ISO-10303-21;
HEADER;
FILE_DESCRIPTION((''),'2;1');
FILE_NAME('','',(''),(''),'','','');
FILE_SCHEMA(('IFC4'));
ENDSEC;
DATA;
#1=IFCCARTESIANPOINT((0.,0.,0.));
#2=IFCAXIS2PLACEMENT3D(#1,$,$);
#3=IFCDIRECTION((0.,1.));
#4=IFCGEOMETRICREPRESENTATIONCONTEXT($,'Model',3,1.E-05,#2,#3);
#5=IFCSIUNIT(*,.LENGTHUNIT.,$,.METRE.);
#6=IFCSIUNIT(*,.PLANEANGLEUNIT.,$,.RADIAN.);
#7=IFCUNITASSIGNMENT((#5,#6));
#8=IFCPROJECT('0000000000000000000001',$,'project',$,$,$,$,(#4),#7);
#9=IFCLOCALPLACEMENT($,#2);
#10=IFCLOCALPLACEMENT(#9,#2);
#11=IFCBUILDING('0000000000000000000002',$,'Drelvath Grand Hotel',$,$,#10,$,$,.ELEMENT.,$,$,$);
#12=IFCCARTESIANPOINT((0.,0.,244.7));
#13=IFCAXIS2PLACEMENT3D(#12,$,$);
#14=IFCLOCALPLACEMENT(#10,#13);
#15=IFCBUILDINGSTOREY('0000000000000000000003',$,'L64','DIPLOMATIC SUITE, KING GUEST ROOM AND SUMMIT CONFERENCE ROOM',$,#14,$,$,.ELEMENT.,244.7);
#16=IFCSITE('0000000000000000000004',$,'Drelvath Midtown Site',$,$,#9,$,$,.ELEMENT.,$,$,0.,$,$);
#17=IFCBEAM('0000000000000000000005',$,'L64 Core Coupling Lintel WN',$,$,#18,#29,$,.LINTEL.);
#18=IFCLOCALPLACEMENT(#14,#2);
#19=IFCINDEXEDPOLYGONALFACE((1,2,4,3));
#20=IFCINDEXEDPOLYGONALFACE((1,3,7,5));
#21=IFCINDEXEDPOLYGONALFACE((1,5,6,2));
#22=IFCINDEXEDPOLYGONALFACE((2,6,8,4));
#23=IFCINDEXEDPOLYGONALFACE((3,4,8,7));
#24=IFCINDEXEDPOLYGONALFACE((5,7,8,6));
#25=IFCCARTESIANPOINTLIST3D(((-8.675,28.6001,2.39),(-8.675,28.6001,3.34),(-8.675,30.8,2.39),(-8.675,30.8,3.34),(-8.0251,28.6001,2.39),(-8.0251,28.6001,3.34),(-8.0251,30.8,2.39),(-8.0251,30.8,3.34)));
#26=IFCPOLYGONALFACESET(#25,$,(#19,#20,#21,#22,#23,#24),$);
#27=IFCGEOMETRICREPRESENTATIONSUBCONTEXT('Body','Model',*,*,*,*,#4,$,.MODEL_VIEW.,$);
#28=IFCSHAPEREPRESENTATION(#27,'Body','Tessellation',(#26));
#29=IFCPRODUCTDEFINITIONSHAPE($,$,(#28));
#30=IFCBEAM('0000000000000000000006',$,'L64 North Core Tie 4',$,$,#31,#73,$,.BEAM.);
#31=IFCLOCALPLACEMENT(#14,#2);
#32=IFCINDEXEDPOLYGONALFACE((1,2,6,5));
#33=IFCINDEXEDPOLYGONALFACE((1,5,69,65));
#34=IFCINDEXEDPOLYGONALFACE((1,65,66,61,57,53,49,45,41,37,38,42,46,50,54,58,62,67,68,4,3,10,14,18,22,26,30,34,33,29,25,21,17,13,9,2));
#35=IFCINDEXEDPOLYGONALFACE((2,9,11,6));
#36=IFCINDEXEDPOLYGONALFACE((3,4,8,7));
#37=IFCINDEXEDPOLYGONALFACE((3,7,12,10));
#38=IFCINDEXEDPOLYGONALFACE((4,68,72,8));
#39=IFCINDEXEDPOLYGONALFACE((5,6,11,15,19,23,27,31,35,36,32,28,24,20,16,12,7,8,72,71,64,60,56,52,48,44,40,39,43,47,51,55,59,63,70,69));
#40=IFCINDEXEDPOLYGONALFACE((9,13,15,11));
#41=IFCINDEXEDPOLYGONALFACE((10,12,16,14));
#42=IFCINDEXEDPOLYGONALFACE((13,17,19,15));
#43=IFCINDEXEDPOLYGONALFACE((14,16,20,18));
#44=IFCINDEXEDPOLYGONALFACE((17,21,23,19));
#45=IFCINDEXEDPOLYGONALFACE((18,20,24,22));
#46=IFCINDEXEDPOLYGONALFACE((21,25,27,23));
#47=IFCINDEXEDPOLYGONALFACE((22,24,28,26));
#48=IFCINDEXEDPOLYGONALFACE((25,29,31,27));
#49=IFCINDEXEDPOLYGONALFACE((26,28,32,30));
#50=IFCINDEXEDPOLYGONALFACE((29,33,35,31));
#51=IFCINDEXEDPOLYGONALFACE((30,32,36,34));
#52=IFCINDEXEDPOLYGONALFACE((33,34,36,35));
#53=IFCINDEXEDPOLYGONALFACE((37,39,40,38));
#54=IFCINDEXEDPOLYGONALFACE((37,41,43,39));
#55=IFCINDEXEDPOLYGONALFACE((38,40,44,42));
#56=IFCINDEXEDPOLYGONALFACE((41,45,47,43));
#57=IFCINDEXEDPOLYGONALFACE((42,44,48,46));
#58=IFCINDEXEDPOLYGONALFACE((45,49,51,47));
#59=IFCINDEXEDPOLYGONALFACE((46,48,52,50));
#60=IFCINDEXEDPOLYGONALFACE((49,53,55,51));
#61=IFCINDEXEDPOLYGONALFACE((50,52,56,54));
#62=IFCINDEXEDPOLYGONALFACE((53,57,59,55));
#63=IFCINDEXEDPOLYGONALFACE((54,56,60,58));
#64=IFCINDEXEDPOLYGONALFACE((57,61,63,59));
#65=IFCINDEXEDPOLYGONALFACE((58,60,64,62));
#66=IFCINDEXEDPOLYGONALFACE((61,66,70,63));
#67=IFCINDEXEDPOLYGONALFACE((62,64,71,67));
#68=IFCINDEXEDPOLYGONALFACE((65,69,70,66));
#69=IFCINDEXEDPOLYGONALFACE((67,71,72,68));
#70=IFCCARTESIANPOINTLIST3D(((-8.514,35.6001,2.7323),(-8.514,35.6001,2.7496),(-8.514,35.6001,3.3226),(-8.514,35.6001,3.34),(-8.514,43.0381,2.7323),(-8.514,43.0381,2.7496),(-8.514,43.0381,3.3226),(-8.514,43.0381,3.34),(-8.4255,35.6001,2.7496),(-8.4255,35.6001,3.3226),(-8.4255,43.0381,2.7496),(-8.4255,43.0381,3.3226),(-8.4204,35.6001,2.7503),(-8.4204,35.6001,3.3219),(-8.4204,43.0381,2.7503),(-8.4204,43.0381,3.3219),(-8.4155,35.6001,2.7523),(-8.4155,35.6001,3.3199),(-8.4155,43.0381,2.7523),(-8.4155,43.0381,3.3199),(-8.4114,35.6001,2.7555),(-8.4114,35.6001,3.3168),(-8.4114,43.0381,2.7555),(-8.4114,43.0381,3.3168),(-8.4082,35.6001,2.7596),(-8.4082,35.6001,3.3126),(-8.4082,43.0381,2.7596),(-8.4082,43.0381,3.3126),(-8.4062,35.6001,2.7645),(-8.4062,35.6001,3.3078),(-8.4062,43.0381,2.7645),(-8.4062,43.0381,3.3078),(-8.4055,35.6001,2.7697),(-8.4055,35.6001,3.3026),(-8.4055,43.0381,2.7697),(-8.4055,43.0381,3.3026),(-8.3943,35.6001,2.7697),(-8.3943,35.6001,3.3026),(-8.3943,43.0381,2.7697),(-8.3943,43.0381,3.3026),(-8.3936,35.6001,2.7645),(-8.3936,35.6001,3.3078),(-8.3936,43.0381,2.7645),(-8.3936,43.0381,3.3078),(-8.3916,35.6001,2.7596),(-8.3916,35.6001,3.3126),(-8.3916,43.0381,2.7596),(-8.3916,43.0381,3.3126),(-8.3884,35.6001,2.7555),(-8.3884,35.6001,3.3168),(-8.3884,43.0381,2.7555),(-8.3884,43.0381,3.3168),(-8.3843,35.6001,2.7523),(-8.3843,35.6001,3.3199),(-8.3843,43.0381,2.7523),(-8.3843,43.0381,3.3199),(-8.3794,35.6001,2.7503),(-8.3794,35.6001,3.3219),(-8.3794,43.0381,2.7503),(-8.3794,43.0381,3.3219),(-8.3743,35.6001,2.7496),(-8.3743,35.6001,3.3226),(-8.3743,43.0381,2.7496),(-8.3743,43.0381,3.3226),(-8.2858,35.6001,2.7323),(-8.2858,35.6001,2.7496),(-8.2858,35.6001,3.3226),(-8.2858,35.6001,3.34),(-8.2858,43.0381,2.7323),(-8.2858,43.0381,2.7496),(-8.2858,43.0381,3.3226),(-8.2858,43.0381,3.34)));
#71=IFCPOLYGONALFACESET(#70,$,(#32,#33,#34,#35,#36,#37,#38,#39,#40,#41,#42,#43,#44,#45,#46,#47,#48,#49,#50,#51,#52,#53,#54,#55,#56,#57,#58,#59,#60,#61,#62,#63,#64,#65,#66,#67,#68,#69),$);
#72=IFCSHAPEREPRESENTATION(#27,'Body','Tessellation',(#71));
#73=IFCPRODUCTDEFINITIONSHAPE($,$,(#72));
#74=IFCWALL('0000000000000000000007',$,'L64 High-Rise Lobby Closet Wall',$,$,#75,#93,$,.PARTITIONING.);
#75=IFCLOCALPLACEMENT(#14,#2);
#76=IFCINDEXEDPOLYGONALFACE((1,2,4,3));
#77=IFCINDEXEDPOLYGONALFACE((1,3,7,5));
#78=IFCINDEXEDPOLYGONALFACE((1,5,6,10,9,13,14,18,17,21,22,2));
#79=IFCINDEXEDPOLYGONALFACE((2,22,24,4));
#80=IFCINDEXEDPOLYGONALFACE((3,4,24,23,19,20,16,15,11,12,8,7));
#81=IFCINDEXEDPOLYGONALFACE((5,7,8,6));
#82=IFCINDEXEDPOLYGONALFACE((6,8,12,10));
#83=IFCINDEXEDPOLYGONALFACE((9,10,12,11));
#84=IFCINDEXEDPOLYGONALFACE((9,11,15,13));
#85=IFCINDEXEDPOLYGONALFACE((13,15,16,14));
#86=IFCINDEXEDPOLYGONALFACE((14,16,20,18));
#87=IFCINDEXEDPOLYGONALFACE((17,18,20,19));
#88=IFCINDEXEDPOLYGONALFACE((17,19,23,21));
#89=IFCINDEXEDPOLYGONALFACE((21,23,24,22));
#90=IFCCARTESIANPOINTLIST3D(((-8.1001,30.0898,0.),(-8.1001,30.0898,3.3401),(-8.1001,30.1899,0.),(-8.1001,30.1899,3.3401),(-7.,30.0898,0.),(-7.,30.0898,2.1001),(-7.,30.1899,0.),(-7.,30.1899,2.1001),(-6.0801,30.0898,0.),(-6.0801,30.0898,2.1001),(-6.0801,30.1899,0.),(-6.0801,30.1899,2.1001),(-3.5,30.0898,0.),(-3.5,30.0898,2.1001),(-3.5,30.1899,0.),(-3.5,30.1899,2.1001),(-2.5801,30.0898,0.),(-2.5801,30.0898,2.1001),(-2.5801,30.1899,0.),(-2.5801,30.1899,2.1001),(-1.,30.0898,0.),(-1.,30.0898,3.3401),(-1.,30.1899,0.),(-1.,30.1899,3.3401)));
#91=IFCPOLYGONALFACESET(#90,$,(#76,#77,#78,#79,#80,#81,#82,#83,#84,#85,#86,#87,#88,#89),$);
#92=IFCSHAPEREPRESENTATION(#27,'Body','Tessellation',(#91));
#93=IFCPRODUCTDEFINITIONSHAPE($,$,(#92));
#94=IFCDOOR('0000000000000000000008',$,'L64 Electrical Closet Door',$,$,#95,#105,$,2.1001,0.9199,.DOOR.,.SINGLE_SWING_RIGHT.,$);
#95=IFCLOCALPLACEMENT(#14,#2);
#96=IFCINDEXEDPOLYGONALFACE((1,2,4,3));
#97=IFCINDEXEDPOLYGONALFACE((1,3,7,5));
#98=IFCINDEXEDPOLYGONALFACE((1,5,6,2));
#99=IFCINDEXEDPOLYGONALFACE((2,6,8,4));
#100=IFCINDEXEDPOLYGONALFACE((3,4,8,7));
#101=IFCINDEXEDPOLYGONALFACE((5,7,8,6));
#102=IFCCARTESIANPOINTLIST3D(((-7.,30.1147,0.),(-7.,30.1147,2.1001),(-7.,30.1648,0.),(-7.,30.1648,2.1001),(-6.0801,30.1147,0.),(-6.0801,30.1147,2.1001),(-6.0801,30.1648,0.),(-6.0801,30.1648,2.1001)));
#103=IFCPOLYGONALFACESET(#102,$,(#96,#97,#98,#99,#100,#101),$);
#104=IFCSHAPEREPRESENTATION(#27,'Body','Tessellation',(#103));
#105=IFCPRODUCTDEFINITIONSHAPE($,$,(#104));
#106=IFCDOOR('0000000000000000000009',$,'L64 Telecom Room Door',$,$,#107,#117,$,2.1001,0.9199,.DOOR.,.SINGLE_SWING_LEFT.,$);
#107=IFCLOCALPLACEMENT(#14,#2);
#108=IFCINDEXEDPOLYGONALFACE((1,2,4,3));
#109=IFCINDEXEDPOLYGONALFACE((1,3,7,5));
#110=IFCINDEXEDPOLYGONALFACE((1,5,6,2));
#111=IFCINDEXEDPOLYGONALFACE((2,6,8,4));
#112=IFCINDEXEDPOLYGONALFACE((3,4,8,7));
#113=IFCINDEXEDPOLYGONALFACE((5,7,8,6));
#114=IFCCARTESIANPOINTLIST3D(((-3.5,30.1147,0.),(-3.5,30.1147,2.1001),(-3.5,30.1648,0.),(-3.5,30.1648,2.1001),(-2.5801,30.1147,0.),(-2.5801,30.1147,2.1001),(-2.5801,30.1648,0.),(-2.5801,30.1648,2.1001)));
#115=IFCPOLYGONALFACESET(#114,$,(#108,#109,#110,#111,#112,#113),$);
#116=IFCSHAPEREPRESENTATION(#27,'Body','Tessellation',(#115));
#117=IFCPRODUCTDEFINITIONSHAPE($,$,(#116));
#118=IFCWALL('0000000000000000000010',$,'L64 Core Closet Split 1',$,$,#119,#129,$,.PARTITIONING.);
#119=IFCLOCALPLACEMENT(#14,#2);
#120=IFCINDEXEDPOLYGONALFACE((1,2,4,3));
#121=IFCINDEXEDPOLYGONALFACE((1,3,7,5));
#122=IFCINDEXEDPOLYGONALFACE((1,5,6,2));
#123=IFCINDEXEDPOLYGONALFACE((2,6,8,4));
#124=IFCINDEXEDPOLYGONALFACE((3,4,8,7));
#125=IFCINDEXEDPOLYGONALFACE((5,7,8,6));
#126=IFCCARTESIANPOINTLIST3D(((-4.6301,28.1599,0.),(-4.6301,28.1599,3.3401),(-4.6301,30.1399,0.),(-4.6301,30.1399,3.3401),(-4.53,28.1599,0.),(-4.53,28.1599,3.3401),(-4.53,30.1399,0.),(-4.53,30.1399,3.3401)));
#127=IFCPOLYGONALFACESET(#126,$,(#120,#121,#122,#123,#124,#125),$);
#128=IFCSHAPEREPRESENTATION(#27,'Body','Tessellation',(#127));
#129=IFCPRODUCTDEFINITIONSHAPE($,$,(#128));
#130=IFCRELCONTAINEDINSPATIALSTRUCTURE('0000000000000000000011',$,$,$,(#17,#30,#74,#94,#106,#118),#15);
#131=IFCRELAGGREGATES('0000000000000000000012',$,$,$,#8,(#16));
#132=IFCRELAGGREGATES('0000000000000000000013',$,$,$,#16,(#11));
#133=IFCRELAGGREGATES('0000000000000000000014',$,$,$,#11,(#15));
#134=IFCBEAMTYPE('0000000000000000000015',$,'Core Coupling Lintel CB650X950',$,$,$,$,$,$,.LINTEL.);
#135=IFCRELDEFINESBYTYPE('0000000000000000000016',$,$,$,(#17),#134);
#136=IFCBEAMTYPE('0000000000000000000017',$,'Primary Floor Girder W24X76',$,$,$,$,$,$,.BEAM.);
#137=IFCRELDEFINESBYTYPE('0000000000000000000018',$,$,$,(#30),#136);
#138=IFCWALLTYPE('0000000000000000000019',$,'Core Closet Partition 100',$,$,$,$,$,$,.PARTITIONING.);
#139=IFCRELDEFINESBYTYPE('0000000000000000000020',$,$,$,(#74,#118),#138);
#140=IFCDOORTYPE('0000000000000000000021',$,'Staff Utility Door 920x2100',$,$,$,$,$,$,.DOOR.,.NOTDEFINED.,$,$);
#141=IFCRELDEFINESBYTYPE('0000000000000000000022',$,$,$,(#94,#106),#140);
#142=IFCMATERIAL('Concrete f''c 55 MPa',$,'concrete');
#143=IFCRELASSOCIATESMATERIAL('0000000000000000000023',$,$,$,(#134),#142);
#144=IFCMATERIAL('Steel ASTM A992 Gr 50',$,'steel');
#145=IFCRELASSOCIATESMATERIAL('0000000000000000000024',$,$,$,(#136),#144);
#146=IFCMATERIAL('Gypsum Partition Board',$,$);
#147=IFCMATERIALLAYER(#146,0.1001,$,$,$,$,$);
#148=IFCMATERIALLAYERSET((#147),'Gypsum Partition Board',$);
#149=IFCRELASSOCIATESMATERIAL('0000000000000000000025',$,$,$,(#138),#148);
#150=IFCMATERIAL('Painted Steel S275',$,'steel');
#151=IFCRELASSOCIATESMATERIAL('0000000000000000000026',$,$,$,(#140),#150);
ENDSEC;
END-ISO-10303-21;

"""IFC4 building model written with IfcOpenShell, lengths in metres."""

from ifc_helpers import new_model, si_unit, direction, frame, frame_2d, origin, origin_2d, place, context, subcontext, project, spatial, rectangle, i_section, extrude, material, layer, layer_set, material_profile, profile_set, type_object, element, fill, save


model = new_model("IFC4")

# Units and contexts
model_context = context("Model", 3, precision=1e-05, world=origin(), true_north=direction((0.0, 1.0)))
body_context = subcontext(model_context, "Body", "Model", "MODEL_VIEW")
ifc_project = project(units=[si_unit("LENGTHUNIT", "METRE"), si_unit("PLANEANGLEUNIT", "RADIAN")], contexts=[model_context])

# Site, building, storey
site_placement = place(None, origin())
site = spatial("IfcSite", under=ifc_project, at=site_placement, Name="Drelvath Midtown Site", CompositionType="ELEMENT", RefElevation=0.0)
building_placement = place(site_placement, origin())
building = spatial("IfcBuilding", under=site, at=building_placement, Name="Drelvath Grand Hotel", CompositionType="ELEMENT")
storey_placement = place(building_placement, frame((0.0, 0.0, 244.7)))
storey = spatial("IfcBuildingStorey", under=building, at=storey_placement, Name="L64", Description="DIPLOMATIC SUITE, KING GUEST ROOM AND SUMMIT CONFERENCE ROOM", CompositionType="ELEMENT", Elevation=244.7)

# Beams
ifc_material_1 = material(Name="Concrete f'c 55 MPa", Category="concrete")
ifc_material_profile_1 = material_profile(ifc_material_1, rectangle(XDim=0.6499, YDim=0.95, at=origin_2d()), Name="CB650X950")
ifc_profile_set_1 = profile_set([ifc_material_profile_1], Name="Concrete f'c 55 MPa")
beam_type_1 = type_object("IfcBeamType", Name="Core Coupling Lintel CB650X950", PredefinedType="LINTEL", material=ifc_profile_set_1)
beam_1_placement = place(storey_placement, frame((-8.3501, 28.6001, 2.865), z_axis=(0.0, 1.0, 0.0), x_axis=(-1.0, 0.0, 0.0)))
element("IfcBeam", 1, at=beam_1_placement, inside=storey, type_object=beam_type_1, Name="L64 Core Coupling Lintel WN", PredefinedType="LINTEL", context=body_context, shape_type="SweptSolid", body=[
    extrude(rectangle(XDim=0.6499, YDim=0.95, at=origin_2d()), origin(), (0.0, 0.0, 1.0), 2.2),
])
ifc_material_2 = material(Name="Steel ASTM A992 Gr 50", Category="steel")
ifc_material_profile_2 = material_profile(ifc_material_2, i_section(OverallWidth=0.2283, OverallDepth=0.6077, WebThickness=0.0112, FlangeThickness=0.0173, FilletRadius=0.02, at=origin_2d()), Name="W24X76")
ifc_profile_set_2 = profile_set([ifc_material_profile_2], Name="Steel ASTM A992 Gr 50")
beam_type_2 = type_object("IfcBeamType", Name="Primary Floor Girder W24X76", PredefinedType="BEAM", material=ifc_profile_set_2)
beam_2_placement = place(storey_placement, frame((-8.3999, 35.6001, 3.0361), z_axis=(0.0, 1.0, 0.0), x_axis=(-1.0, 0.0, 0.0)))
element("IfcBeam", 2, at=beam_2_placement, inside=storey, type_object=beam_type_2, Name="L64 North Core Tie 4", PredefinedType="BEAM", context=body_context, shape_type="SweptSolid", body=[
    extrude(i_section(OverallWidth=0.2283, OverallDepth=0.6077, WebThickness=0.0112, FlangeThickness=0.0173, FilletRadius=0.02, at=origin_2d()), origin(), (0.0, 0.0, 1.0), 7.438),
])

# Wall, openings, doors
ifc_material_3 = material(Name="Gypsum Partition Board")
ifc_layer_1 = layer(ifc_material_3, 0.1001)
ifc_layer_set_1 = layer_set([ifc_layer_1], Name="Gypsum Partition Board")
wall_type_1 = type_object("IfcWallType", Name="Core Closet Partition 100", PredefinedType="PARTITIONING", material=ifc_layer_set_1)
wall_1_placement = place(storey_placement, frame((-8.1001, 30.1399, 0.0), z_axis=(0.0, 0.0, 1.0), x_axis=(1.0, 0.0, 0.0)))
wall_1 = element("IfcWall", 3, at=wall_1_placement, inside=storey, type_object=wall_type_1, Name="L64 High-Rise Lobby Closet Wall", PredefinedType="PARTITIONING", context=body_context, shape_type="SweptSolid", body=[
    extrude(rectangle(XDim=7.1001, YDim=0.1001, at=frame_2d((3.55, 0.0))), origin(), (0.0, 0.0, 1.0), 3.3401),
])
opening_1_placement = place(wall_1_placement, frame((1.1001, 0.0, 0.0)))
opening_1 = element("IfcOpeningElement", 4, at=opening_1_placement, cuts=wall_1, PredefinedType="OPENING", context=body_context, shape_type="SweptSolid", body=[
    extrude(rectangle(XDim=0.9199, YDim=2.1001, at=frame_2d((0.46, 1.05))), frame((0.0, 0.0601, 0.0), z_axis=(0.0, -1.0, 0.0), x_axis=(1.0, 0.0, 0.0)), (0.0, 0.0, 1.0), 0.1201),
])
opening_2_placement = place(wall_1_placement, frame((4.6001, 0.0, 0.0)))
opening_2 = element("IfcOpeningElement", 5, at=opening_2_placement, cuts=wall_1, PredefinedType="OPENING", context=body_context, shape_type="SweptSolid", body=[
    extrude(rectangle(XDim=0.9199, YDim=2.1001, at=frame_2d((0.46, 1.05))), frame((0.0, 0.0601, 0.0), z_axis=(0.0, -1.0, 0.0), x_axis=(1.0, 0.0, 0.0)), (0.0, 0.0, 1.0), 0.1201),
])
ifc_material_4 = material(Name="Painted Steel S275", Category="steel")
door_type_1 = type_object("IfcDoorType", Name="Staff Utility Door 920x2100", OperationType="NOTDEFINED", PredefinedType="DOOR", material=ifc_material_4)
door_1_placement = place(opening_1_placement, origin())
door_1 = element("IfcDoor", 6, at=door_1_placement, inside=storey, type_object=door_type_1, Name="L64 Electrical Closet Door", OperationType="SINGLE_SWING_RIGHT", OverallHeight=2.1001, OverallWidth=0.9199, PredefinedType="DOOR", context=body_context, shape_type="SweptSolid", body=[
    extrude(rectangle(XDim=0.9199, YDim=2.1001, at=frame_2d((0.46, 1.05))), frame((0.0, 0.0249, 0.0), z_axis=(0.0, -1.0, 0.0), x_axis=(1.0, 0.0, 0.0)), (0.0, 0.0, 1.0), 0.05),
])
fill(opening_1, door_1)
door_2_placement = place(opening_2_placement, origin())
door_2 = element("IfcDoor", 7, at=door_2_placement, inside=storey, type_object=door_type_1, Name="L64 Telecom Room Door", OperationType="SINGLE_SWING_LEFT", OverallHeight=2.1001, OverallWidth=0.9199, PredefinedType="DOOR", context=body_context, shape_type="SweptSolid", body=[
    extrude(rectangle(XDim=0.9199, YDim=2.1001, at=frame_2d((0.46, 1.05))), frame((0.0, 0.0249, 0.0), z_axis=(0.0, -1.0, 0.0), x_axis=(1.0, 0.0, 0.0)), (0.0, 0.0, 1.0), 0.05),
])
fill(opening_2, door_2)

# Wall
wall_2_placement = place(storey_placement, frame((-4.5801, 28.1599, 0.0), z_axis=(0.0, 0.0, 1.0), x_axis=(0.0, 1.0, 0.0)))
element("IfcWall", 8, at=wall_2_placement, inside=storey, type_object=wall_type_1, Name="L64 Core Closet Split 1", PredefinedType="PARTITIONING", context=body_context, shape_type="SweptSolid", body=[
    extrude(rectangle(XDim=1.98, YDim=0.1001, at=frame_2d((0.99, 0.0))), origin(), (0.0, 0.0, 1.0), 3.3401),
])

save(model, "model.ifc")
